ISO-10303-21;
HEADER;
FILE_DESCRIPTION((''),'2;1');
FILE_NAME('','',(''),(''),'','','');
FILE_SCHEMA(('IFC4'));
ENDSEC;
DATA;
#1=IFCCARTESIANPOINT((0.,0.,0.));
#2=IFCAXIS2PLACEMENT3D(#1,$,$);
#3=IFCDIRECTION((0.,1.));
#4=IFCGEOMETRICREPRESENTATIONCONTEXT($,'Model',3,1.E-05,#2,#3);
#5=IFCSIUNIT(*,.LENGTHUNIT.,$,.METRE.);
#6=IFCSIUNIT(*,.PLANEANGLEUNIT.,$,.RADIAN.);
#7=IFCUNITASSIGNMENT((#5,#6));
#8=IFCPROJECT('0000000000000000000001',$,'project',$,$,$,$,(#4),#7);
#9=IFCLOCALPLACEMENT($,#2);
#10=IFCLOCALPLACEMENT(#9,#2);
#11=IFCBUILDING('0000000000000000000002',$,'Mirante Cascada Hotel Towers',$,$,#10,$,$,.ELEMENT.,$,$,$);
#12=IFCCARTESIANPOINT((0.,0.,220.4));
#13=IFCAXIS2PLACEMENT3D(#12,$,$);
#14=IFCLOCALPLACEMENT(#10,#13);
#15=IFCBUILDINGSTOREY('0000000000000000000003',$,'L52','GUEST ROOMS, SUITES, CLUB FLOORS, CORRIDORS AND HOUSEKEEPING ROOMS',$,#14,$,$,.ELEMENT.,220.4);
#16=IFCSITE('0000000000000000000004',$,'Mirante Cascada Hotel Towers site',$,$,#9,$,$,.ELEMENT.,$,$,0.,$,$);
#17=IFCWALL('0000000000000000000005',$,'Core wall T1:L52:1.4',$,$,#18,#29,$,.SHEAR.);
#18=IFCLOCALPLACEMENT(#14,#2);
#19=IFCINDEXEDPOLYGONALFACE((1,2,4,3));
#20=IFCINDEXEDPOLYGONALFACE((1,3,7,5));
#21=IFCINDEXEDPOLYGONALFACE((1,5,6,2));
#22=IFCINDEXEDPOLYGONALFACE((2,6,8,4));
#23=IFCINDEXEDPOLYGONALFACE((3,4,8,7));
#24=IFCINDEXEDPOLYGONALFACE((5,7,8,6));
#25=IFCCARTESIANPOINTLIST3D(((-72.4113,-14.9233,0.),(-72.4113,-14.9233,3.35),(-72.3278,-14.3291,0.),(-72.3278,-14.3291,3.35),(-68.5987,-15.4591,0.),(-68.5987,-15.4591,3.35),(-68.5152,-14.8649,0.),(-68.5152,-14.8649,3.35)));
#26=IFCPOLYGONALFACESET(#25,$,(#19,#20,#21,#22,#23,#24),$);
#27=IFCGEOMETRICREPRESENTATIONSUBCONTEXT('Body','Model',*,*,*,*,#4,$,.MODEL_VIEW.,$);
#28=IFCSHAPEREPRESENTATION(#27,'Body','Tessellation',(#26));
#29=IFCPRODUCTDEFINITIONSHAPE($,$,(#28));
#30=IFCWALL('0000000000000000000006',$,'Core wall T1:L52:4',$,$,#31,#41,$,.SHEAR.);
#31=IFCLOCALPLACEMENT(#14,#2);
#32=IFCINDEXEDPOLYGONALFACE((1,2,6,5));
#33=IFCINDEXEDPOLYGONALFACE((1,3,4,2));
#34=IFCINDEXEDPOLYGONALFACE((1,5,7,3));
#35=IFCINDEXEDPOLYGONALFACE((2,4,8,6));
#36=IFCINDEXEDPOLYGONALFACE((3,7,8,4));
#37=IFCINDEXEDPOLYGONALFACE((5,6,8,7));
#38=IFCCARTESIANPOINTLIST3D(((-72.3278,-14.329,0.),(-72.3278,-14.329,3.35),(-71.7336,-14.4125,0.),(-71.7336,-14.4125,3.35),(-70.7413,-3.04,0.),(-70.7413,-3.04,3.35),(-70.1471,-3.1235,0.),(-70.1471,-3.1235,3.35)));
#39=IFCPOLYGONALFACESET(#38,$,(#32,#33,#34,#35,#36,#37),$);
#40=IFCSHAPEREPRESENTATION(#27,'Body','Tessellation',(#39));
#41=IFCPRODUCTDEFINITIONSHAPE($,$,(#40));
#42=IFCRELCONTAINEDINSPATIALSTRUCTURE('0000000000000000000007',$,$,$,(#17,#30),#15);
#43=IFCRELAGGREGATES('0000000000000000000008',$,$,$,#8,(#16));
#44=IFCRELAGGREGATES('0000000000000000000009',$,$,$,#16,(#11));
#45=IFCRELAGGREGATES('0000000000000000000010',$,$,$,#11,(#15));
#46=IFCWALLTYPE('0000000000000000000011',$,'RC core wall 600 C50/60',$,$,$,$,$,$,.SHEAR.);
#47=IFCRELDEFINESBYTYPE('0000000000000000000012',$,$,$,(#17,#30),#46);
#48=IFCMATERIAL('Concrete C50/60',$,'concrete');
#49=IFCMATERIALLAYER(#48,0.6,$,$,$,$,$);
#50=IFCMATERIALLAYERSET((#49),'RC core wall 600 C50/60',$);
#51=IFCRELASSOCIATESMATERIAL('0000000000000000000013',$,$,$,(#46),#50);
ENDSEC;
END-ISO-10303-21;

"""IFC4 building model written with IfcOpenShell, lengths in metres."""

from ifc_helpers import new_model, si_unit, direction, frame, frame_2d, origin, place, context, subcontext, project, spatial, rectangle, extrude, material, layer, layer_set, type_object, element, save


model = new_model("IFC4")

# Units and contexts
model_context = context("Model", 3, precision=1e-05, world=origin(), true_north=direction((0.0, 1.0)))
body_context = subcontext(model_context, "Body", "Model", "MODEL_VIEW")
ifc_project = project(units=[si_unit("LENGTHUNIT", "METRE"), si_unit("PLANEANGLEUNIT", "RADIAN")], contexts=[model_context])

# Site, building, storey
site_placement = place(None, origin())
site = spatial("IfcSite", under=ifc_project, at=site_placement, Name="Mirante Cascada Hotel Towers site", CompositionType="ELEMENT", RefElevation=0.0)
building_placement = place(site_placement, origin())
building = spatial("IfcBuilding", under=site, at=building_placement, Name="Mirante Cascada Hotel Towers", CompositionType="ELEMENT")
storey_placement = place(building_placement, frame((0.0, 0.0, 220.4)))
storey = spatial("IfcBuildingStorey", under=building, at=storey_placement, Name="L52", Description="GUEST ROOMS, SUITES, CLUB FLOORS, CORRIDORS AND HOUSEKEEPING ROOMS", CompositionType="ELEMENT", Elevation=220.4)

# Walls
ifc_material_1 = material(Name="Concrete C50/60", Category="concrete")
ifc_layer_1 = layer(ifc_material_1, 0.6)
ifc_layer_set_1 = layer_set([ifc_layer_1], Name="RC core wall 600 C50/60")
wall_type_1 = type_object("IfcWallType", Name="RC core wall 600 C50/60", PredefinedType="SHEAR", material=ifc_layer_set_1)
wall_1_placement = place(storey_placement, frame((-68.557, -15.162, 0.0), z_axis=(0.0, 0.0, 1.0), x_axis=(-0.990269, 0.139166, 0.0)))
element("IfcWall", 1, at=wall_1_placement, inside=storey, type_object=wall_type_1, Name="Core wall T1:L52:1.4", PredefinedType="SHEAR", context=body_context, shape_type="SweptSolid", body=[
    extrude(rectangle(XDim=3.8501, YDim=0.6, at=frame_2d((1.925, 0.0))), origin(), (0.0, 0.0, 1.0), 3.35),
])
wall_2_placement = place(storey_placement, frame((-72.0307, -14.3708, 0.0), z_axis=(0.0, 0.0, 1.0), x_axis=(0.139167, 0.990269, 0.0)))
element("IfcWall", 2, at=wall_2_placement, inside=storey, type_object=wall_type_1, Name="Core wall T1:L52:4", PredefinedType="SHEAR", context=body_context, shape_type="SweptSolid", body=[
    extrude(rectangle(XDim=11.3999, YDim=0.6, at=frame_2d((5.7, 0.0))), origin(), (0.0, 0.0, 1.0), 3.35),
])

save(model, "model.ifc")
